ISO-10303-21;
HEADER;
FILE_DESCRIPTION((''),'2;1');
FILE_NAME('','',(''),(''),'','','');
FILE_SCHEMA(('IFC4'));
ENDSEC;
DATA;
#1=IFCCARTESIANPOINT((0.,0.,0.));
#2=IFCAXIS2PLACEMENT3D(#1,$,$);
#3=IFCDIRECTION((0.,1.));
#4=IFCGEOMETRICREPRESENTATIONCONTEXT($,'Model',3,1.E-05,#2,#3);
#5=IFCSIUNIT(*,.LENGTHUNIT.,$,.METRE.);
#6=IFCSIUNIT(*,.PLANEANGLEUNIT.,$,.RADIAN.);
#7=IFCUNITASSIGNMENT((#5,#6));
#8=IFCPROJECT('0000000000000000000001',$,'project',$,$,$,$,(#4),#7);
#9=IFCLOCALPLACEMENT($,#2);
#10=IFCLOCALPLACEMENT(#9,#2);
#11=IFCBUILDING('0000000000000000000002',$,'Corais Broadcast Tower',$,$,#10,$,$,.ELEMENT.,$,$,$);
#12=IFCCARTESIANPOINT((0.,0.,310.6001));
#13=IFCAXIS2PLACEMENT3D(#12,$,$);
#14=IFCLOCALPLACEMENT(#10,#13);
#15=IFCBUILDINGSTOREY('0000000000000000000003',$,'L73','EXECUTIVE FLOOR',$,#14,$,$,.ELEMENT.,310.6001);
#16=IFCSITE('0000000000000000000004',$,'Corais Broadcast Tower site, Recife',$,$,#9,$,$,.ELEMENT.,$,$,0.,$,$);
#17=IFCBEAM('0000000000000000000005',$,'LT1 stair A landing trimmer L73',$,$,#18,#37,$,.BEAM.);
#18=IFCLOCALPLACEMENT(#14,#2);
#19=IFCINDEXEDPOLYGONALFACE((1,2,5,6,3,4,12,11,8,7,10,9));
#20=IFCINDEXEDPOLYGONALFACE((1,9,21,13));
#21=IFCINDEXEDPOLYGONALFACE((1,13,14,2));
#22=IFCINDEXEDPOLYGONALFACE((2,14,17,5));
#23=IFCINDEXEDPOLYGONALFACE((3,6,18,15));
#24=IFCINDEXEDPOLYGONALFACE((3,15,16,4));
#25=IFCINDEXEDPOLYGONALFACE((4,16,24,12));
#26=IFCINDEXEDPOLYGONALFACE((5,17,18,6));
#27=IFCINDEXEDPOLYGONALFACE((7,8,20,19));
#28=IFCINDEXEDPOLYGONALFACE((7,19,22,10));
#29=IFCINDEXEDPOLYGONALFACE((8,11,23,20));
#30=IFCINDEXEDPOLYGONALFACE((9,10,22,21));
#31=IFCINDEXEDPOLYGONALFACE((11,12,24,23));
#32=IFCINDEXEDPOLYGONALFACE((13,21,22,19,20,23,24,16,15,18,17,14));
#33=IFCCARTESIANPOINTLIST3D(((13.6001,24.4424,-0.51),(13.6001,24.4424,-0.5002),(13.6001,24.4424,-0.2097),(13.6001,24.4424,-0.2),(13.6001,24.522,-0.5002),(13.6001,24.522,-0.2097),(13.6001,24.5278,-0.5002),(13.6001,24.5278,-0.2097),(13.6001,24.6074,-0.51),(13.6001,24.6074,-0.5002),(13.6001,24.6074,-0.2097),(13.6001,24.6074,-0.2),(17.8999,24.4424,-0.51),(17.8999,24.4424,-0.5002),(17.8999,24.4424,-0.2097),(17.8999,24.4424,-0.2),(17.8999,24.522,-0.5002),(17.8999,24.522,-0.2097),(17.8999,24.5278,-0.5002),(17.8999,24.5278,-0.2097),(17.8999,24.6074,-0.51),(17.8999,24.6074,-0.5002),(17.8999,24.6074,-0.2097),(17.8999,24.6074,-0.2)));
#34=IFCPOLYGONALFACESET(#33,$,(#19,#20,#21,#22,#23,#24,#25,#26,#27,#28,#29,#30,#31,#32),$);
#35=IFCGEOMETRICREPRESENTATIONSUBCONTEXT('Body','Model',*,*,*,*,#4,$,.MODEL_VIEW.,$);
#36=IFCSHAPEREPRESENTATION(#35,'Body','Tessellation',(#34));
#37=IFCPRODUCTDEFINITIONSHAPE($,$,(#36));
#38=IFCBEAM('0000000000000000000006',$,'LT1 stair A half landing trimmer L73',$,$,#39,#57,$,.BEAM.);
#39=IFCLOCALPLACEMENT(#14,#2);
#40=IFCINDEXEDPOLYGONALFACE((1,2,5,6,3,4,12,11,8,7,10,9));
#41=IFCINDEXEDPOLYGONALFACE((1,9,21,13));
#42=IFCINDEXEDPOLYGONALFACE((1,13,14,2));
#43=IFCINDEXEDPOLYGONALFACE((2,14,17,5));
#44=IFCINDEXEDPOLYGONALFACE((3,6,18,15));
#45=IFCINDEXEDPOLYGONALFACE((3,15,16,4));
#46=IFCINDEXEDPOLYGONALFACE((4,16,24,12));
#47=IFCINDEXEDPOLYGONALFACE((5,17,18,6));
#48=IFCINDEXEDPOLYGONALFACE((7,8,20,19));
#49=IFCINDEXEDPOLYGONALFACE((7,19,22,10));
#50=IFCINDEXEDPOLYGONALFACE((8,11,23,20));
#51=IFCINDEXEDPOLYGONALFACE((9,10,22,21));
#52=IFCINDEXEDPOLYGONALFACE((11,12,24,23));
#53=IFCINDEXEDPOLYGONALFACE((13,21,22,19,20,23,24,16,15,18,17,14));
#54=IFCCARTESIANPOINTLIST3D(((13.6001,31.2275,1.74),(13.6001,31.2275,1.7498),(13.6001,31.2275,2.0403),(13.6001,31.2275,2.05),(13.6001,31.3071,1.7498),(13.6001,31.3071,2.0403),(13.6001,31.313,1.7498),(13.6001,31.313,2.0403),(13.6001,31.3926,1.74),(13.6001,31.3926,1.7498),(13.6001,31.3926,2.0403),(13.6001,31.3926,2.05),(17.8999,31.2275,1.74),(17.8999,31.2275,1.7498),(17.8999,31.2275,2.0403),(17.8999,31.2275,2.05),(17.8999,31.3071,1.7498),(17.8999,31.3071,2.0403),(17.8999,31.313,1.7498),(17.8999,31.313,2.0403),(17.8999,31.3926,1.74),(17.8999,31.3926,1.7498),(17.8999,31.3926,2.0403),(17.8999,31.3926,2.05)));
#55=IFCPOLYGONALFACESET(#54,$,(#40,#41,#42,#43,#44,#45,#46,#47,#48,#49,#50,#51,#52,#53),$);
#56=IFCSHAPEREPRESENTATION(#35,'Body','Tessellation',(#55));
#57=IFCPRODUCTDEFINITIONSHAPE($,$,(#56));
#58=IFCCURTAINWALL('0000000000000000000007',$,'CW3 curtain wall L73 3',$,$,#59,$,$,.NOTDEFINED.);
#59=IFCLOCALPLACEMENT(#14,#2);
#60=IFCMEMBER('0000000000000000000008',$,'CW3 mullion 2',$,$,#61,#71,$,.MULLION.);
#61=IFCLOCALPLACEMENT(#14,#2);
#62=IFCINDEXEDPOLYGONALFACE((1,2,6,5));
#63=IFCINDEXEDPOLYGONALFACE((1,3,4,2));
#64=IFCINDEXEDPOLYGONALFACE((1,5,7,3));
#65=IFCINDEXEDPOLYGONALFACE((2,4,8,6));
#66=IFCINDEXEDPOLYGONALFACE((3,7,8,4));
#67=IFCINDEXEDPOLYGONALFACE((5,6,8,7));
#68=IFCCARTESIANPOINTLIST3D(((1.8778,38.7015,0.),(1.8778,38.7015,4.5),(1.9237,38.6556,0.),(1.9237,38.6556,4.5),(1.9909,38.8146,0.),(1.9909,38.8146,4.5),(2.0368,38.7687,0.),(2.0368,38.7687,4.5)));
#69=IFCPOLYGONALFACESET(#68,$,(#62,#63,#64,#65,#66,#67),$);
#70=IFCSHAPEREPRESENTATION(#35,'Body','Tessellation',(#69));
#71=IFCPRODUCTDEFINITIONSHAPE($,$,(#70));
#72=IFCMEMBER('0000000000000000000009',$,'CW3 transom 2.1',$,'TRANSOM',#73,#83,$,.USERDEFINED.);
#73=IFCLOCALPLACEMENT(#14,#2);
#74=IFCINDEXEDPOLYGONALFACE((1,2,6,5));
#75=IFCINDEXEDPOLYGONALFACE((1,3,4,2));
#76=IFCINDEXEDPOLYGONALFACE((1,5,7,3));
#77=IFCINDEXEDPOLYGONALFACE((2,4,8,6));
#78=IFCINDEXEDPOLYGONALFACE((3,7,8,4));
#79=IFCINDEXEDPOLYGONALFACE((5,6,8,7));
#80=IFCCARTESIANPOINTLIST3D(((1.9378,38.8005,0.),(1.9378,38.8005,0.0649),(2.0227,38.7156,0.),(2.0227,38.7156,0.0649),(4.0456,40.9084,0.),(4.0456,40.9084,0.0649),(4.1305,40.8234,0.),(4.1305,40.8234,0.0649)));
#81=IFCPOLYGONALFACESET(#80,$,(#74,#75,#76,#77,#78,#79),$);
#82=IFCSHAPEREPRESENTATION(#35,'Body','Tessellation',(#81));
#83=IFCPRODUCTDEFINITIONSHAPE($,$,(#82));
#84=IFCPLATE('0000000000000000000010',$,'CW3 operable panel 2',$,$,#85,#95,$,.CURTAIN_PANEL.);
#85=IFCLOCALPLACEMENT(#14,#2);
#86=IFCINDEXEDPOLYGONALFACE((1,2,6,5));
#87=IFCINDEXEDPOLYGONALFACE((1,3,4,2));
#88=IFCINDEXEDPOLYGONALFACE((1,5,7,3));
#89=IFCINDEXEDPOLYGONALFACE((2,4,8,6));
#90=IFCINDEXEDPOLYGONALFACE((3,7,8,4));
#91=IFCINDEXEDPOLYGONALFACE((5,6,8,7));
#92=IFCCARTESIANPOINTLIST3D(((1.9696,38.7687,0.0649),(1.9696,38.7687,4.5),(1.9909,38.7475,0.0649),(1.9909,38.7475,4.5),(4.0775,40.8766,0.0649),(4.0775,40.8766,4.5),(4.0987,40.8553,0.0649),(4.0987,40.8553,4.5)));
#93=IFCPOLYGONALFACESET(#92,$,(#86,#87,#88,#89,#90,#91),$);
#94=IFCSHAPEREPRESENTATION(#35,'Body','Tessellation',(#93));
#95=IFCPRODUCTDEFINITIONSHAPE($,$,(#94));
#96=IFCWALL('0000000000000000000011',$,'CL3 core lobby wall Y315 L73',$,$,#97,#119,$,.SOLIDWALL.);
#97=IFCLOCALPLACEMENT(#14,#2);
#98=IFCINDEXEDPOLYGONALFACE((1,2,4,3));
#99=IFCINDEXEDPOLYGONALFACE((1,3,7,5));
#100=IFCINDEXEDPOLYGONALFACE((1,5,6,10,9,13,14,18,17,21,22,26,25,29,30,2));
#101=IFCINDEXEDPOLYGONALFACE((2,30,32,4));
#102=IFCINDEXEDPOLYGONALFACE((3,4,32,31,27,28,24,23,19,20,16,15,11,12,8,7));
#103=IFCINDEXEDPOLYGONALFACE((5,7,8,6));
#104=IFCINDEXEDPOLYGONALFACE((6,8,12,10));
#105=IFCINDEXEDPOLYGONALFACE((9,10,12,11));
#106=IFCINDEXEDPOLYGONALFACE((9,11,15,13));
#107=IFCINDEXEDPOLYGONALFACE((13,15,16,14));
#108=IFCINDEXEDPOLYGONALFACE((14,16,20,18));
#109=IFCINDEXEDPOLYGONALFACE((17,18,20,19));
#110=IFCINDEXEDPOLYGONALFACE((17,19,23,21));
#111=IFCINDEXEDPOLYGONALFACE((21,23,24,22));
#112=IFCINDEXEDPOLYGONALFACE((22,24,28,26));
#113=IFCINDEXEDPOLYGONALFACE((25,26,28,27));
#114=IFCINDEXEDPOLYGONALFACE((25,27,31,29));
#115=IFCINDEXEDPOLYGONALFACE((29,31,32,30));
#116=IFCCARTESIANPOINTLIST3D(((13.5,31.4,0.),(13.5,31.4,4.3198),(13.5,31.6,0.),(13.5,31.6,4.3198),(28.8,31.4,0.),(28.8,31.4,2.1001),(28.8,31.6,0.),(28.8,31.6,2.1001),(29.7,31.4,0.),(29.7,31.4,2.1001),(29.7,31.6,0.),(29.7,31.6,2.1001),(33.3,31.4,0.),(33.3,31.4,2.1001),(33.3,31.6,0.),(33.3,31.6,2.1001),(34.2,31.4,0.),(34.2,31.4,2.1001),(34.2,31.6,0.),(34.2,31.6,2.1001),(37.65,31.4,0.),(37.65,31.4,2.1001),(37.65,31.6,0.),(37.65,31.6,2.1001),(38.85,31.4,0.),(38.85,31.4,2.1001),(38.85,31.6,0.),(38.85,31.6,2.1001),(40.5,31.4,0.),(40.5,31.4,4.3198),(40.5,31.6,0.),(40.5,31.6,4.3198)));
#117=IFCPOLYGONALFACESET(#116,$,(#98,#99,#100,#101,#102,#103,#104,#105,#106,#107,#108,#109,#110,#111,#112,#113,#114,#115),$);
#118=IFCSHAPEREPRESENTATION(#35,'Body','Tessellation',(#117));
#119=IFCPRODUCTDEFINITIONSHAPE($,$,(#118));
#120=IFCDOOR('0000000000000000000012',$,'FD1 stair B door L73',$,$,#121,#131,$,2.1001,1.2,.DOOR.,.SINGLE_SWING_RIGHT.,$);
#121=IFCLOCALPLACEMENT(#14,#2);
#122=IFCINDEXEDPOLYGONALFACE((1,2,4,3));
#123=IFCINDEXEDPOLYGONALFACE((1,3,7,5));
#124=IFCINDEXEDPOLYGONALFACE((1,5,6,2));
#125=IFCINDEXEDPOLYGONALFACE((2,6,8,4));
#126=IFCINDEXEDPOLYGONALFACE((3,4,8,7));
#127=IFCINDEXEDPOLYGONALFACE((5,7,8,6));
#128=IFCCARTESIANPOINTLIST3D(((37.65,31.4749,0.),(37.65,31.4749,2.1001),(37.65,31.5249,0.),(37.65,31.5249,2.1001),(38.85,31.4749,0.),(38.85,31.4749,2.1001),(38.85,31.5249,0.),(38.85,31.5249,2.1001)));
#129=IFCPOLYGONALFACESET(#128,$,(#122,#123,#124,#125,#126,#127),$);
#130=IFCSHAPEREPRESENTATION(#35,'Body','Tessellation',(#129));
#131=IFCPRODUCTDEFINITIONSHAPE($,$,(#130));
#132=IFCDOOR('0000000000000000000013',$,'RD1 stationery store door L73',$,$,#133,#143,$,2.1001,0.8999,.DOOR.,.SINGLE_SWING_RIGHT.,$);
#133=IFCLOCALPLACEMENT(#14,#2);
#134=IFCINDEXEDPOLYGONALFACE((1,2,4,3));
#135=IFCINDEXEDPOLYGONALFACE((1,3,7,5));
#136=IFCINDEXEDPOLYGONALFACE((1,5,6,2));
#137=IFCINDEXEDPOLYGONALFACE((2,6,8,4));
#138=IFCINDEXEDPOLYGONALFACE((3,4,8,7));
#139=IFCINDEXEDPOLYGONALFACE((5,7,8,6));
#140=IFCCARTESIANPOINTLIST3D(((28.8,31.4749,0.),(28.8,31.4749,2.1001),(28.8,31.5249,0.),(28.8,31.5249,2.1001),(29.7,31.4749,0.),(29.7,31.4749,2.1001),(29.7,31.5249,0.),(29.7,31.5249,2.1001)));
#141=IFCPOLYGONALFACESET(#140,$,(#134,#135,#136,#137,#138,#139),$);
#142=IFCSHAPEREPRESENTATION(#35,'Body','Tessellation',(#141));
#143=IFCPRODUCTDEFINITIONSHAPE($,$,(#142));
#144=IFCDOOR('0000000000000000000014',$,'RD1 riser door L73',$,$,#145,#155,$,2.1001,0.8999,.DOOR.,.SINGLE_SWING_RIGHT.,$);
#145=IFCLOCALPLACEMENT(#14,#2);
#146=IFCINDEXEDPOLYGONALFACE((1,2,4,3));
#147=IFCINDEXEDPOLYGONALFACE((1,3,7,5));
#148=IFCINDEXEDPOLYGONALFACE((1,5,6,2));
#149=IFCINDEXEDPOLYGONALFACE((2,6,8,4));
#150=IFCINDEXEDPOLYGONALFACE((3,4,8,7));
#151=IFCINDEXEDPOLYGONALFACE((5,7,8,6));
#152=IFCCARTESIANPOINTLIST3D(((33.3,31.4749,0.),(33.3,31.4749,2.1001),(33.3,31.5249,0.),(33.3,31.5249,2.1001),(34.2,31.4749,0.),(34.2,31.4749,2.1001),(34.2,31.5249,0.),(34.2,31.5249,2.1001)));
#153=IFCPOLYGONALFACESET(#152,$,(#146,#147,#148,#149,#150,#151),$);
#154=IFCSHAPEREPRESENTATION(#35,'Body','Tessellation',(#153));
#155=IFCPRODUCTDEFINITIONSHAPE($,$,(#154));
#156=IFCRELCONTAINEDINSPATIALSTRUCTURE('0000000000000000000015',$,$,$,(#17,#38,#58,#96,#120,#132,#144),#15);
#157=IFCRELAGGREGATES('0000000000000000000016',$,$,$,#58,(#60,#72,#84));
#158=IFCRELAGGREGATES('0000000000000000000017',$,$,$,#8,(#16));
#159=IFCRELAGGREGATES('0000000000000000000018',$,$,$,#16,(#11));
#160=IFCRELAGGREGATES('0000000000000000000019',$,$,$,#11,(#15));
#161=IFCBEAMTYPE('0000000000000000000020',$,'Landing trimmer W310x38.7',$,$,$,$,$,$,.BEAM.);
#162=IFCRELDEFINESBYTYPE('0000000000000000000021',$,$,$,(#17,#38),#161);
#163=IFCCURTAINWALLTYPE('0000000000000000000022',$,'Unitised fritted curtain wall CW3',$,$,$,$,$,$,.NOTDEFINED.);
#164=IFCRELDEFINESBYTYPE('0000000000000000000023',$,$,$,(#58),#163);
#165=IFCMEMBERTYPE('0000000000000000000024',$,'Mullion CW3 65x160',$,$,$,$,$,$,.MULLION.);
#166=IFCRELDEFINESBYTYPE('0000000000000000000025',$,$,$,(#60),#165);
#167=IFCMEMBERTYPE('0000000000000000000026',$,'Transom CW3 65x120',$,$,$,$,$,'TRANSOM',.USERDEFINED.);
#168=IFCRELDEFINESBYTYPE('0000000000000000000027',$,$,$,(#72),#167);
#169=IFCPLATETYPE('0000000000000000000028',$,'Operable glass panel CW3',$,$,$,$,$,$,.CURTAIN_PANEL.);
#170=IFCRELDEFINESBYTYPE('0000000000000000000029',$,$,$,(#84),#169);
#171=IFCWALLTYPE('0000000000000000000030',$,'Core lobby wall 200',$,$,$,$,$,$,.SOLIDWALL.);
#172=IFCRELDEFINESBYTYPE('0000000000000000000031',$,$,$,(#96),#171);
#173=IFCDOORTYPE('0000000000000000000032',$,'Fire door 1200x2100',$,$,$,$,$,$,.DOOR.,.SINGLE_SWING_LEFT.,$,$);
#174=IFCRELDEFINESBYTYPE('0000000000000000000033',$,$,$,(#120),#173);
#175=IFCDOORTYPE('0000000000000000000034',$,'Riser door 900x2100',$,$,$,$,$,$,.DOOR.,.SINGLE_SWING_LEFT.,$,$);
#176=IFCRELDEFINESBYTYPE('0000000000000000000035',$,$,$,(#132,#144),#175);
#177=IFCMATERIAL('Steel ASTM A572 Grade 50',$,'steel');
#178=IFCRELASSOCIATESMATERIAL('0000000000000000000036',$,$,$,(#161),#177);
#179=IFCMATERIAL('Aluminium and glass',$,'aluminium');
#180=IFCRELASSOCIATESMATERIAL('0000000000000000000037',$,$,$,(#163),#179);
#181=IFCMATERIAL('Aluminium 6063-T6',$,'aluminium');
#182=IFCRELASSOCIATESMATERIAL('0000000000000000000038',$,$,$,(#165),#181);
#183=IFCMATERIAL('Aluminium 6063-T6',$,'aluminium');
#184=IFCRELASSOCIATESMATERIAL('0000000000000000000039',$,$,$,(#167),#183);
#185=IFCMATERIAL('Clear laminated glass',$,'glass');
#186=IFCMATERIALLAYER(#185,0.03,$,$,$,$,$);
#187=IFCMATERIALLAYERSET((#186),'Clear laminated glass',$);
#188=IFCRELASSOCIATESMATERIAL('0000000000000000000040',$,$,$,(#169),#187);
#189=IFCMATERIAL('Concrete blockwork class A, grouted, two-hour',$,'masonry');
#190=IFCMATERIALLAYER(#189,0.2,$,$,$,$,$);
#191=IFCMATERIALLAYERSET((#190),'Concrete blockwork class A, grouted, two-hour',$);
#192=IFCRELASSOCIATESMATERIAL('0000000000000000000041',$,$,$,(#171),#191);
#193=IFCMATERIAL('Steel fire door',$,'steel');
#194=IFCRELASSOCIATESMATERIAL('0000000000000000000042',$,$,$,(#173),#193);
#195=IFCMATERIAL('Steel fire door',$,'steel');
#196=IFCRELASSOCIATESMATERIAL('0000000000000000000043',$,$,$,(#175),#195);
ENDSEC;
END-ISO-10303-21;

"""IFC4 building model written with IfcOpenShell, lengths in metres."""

from ifc_helpers import new_model, si_unit, direction, frame, frame_2d, origin, origin_2d, place, context, subcontext, project, spatial, rectangle, i_section, extrude, material, layer, layer_set, material_profile, profile_set, type_object, element, fill, aggregate, save


model = new_model("IFC4")

# Units and contexts
model_context = context("Model", 3, precision=1e-05, world=origin(), true_north=direction((0.0, 1.0)))
body_context = subcontext(model_context, "Body", "Model", "MODEL_VIEW")
ifc_project = project(units=[si_unit("LENGTHUNIT", "METRE"), si_unit("PLANEANGLEUNIT", "RADIAN")], contexts=[model_context])

# Site, building, storey
site_placement = place(None, origin())
site = spatial("IfcSite", under=ifc_project, at=site_placement, Name="Corais Broadcast Tower site, Recife", CompositionType="ELEMENT", RefElevation=0.0)
building_placement = place(site_placement, origin())
building = spatial("IfcBuilding", under=site, at=building_placement, Name="Corais Broadcast Tower", CompositionType="ELEMENT")
storey_placement = place(building_placement, frame((0.0, 0.0, 310.6001)))
storey = spatial("IfcBuildingStorey", under=building, at=storey_placement, Name="L73", Description="EXECUTIVE FLOOR", CompositionType="ELEMENT", Elevation=310.6001)

# Beams
ifc_material_1 = material(Name="Steel ASTM A572 Grade 50", Category="steel")
ifc_material_profile_1 = material_profile(ifc_material_1, i_section(OverallWidth=0.165, OverallDepth=0.3101, WebThickness=0.0059, FlangeThickness=0.0098, at=origin_2d()), Name="W310x38.7")
ifc_profile_set_1 = profile_set([ifc_material_profile_1], Name="Steel ASTM A572 Grade 50")
beam_type = type_object("IfcBeamType", Name="Landing trimmer W310x38.7", PredefinedType="BEAM", material=ifc_profile_set_1)
for number, where, z_axis, x_axis, name in (
    (1, (13.6001, 24.5249, -0.355), (1.0, 0.0, 0.0), (0.0, 1.0, 0.0), "LT1 stair A landing trimmer L73"),
    (2, (13.6001, 31.3101, 1.895), (1.0, 0.0, 0.0), (0.0, 1.0, 0.0), "LT1 stair A half landing trimmer L73"),
):
    element("IfcBeam", number, at=place(storey_placement, frame(where, z_axis=z_axis, x_axis=x_axis)), inside=storey, type_object=beam_type, Name=name, PredefinedType="BEAM", context=body_context, shape_type="SweptSolid", body=[
        extrude(i_section(OverallWidth=0.165, OverallDepth=0.3101, WebThickness=0.0059, FlangeThickness=0.0098, at=origin_2d()), origin(), (0.0, 0.0, 1.0), 4.2998),
    ])

# Curtain wall, members, plate
ifc_material_2 = material(Name="Aluminium and glass", Category="aluminium")
curtain_wall_type = type_object("IfcCurtainWallType", Name="Unitised fritted curtain wall CW3", PredefinedType="NOTDEFINED", material=ifc_material_2)
curtain_wall_placement = place(storey_placement, origin())
curtain_wall = element("IfcCurtainWall", 3, at=curtain_wall_placement, inside=storey, type_object=curtain_wall_type, Name="CW3 curtain wall L73 3", PredefinedType="NOTDEFINED")
ifc_material_3 = material(Name="Aluminium 6063-T6", Category="aluminium")
ifc_material_profile_2 = material_profile(ifc_material_3, rectangle(XDim=0.0649, YDim=0.1599, at=origin_2d()), Name="Mullion CW3 65x160")
ifc_profile_set_2 = profile_set([ifc_material_profile_2], Name="Aluminium 6063-T6")
member_type_1 = type_object("IfcMemberType", Name="Mullion CW3 65x160", PredefinedType="MULLION", material=ifc_profile_set_2)
member_1_placement = place(storey_placement, frame((1.9573, 38.7351, 0.0), z_axis=(0.0, 0.0, 1.0), x_axis=(-0.707107, 0.707107, 0.0)))
member_1 = element("IfcMember", 4, at=member_1_placement, type_object=member_type_1, Name="CW3 mullion 2", PredefinedType="MULLION", context=body_context, shape_type="SweptSolid", body=[
    extrude(rectangle(XDim=0.0649, YDim=0.1599, at=origin_2d()), origin(), (0.0, 0.0, 1.0), 4.5),
])
ifc_material_4 = material(Name="Aluminium 6063-T6", Category="aluminium")
ifc_material_profile_3 = material_profile(ifc_material_4, rectangle(XDim=0.1201, YDim=0.0649, at=origin_2d()), Name="Transom CW3 65x120")
ifc_profile_set_3 = profile_set([ifc_material_profile_3], Name="Aluminium 6063-T6")
member_type_2 = type_object("IfcMemberType", Name="Transom CW3 65x120", ElementType="TRANSOM", PredefinedType="USERDEFINED", material=ifc_profile_set_3)
member_2_placement = place(storey_placement, frame((1.9802, 38.7581, 0.0325), z_axis=(0.707107, 0.707107, 0.0), x_axis=(-0.707107, 0.707107, 0.0)))
member_2 = element("IfcMember", 5, at=member_2_placement, type_object=member_type_2, Name="CW3 transom 2.1", ObjectType="TRANSOM", PredefinedType="USERDEFINED", context=body_context, shape_type="SweptSolid", body=[
    extrude(rectangle(XDim=0.1201, YDim=0.0649, at=origin_2d()), origin(), (0.0, 0.0, 1.0), 2.981),
])
ifc_material_5 = material(Name="Clear laminated glass", Category="glass")
ifc_layer_1 = layer(ifc_material_5, 0.03)
ifc_layer_set_1 = layer_set([ifc_layer_1], Name="Clear laminated glass")
plate_type = type_object("IfcPlateType", Name="Operable glass panel CW3", PredefinedType="CURTAIN_PANEL", material=ifc_layer_set_1)
plate_placement = place(storey_placement, frame((3.0342, 39.812, 0.0649), z_axis=(0.0, 0.0, 1.0), x_axis=(0.707107, 0.707107, 0.0)))
plate = element("IfcPlate", 6, at=plate_placement, type_object=plate_type, Name="CW3 operable panel 2", PredefinedType="CURTAIN_PANEL", context=body_context, shape_type="SweptSolid", body=[
    extrude(rectangle(XDim=2.981, YDim=0.03, at=origin_2d()), origin(), (0.0, 0.0, 1.0), 4.4351),
])
aggregate(curtain_wall, [member_1, member_2, plate])

# Wall, openings, doors
ifc_material_6 = material(Name="Concrete blockwork class A, grouted, two-hour", Category="masonry")
ifc_layer_2 = layer(ifc_material_6, 0.2)
ifc_layer_set_2 = layer_set([ifc_layer_2], Name="Concrete blockwork class A, grouted, two-hour")
wall_type_1 = type_object("IfcWallType", Name="Core lobby wall 200", PredefinedType="SOLIDWALL", material=ifc_layer_set_2)
wall_1_placement = place(storey_placement, frame((13.5, 31.5, 0.0), z_axis=(0.0, 0.0, 1.0), x_axis=(1.0, 0.0, 0.0)))
wall_1 = element("IfcWall", 7, at=wall_1_placement, inside=storey, type_object=wall_type_1, Name="CL3 core lobby wall Y315 L73", PredefinedType="SOLIDWALL", context=body_context, shape_type="SweptSolid", body=[
    extrude(rectangle(XDim=27.0, YDim=0.2, at=frame_2d((13.5, 0.0))), origin(), (0.0, 0.0, 1.0), 4.3198),
])
opening_1_placement = place(wall_1_placement, frame((24.1499, 0.0, 0.0)))
opening_1 = element("IfcOpeningElement", 8, at=opening_1_placement, cuts=wall_1, PredefinedType="OPENING", context=body_context, shape_type="SweptSolid", body=[
    extrude(rectangle(XDim=1.2, YDim=2.1001, at=frame_2d((0.6001, 1.05))), frame((0.0, 0.1099, 0.0), z_axis=(0.0, -1.0, 0.0), x_axis=(1.0, 0.0, 0.0)), (0.0, 0.0, 1.0), 0.22),
])
opening_2_placement = place(wall_1_placement, frame((15.3, 0.0, 0.0)))
opening_2 = element("IfcOpeningElement", 9, at=opening_2_placement, cuts=wall_1, PredefinedType="OPENING", context=body_context, shape_type="SweptSolid", body=[
    extrude(rectangle(XDim=0.8999, YDim=2.1001, at=frame_2d((0.45, 1.05))), frame((0.0, 0.1099, 0.0), z_axis=(0.0, -1.0, 0.0), x_axis=(1.0, 0.0, 0.0)), (0.0, 0.0, 1.0), 0.22),
])
opening_3_placement = place(wall_1_placement, frame((19.8, 0.0, 0.0)))
opening_3 = element("IfcOpeningElement", 10, at=opening_3_placement, cuts=wall_1, PredefinedType="OPENING", context=body_context, shape_type="SweptSolid", body=[
    extrude(rectangle(XDim=0.8999, YDim=2.1001, at=frame_2d((0.45, 1.05))), frame((0.0, 0.1099, 0.0), z_axis=(0.0, -1.0, 0.0), x_axis=(1.0, 0.0, 0.0)), (0.0, 0.0, 1.0), 0.22),
])
ifc_material_7 = material(Name="Steel fire door", Category="steel")
door_type_1 = type_object("IfcDoorType", Name="Fire door 1200x2100", OperationType="SINGLE_SWING_LEFT", PredefinedType="DOOR", material=ifc_material_7)
door_1_placement = place(opening_1_placement, origin())
door_1 = element("IfcDoor", 11, at=door_1_placement, inside=storey, type_object=door_type_1, Name="FD1 stair B door L73", OperationType="SINGLE_SWING_RIGHT", OverallHeight=2.1001, OverallWidth=1.2, PredefinedType="DOOR", context=body_context, shape_type="SweptSolid", body=[
    extrude(rectangle(XDim=1.2, YDim=2.1001, at=frame_2d((0.6001, 1.05))), frame((0.0, 0.0249, 0.0), z_axis=(0.0, -1.0, 0.0), x_axis=(1.0, 0.0, 0.0)), (0.0, 0.0, 1.0), 0.05),
])
fill(opening_1, door_1)
ifc_material_8 = material(Name="Steel fire door", Category="steel")
door_type_2 = type_object("IfcDoorType", Name="Riser door 900x2100", OperationType="SINGLE_SWING_LEFT", PredefinedType="DOOR", material=ifc_material_8)
door_2_placement = place(opening_2_placement, origin())
door_2 = element("IfcDoor", 12, at=door_2_placement, inside=storey, type_object=door_type_2, Name="RD1 stationery store door L73", OperationType="SINGLE_SWING_RIGHT", OverallHeight=2.1001, OverallWidth=0.8999, PredefinedType="DOOR", context=body_context, shape_type="SweptSolid", body=[
    extrude(rectangle(XDim=0.8999, YDim=2.1001, at=frame_2d((0.45, 1.05))), frame((0.0, 0.0249, 0.0), z_axis=(0.0, -1.0, 0.0), x_axis=(1.0, 0.0, 0.0)), (0.0, 0.0, 1.0), 0.05),
])
fill(opening_2, door_2)
door_3_placement = place(opening_3_placement, origin())
door_3 = element("IfcDoor", 13, at=door_3_placement, inside=storey, type_object=door_type_2, Name="RD1 riser door L73", OperationType="SINGLE_SWING_RIGHT", OverallHeight=2.1001, OverallWidth=0.8999, PredefinedType="DOOR", context=body_context, shape_type="SweptSolid", body=[
    extrude(rectangle(XDim=0.8999, YDim=2.1001, at=frame_2d((0.45, 1.05))), frame((0.0, 0.0249, 0.0), z_axis=(0.0, -1.0, 0.0), x_axis=(1.0, 0.0, 0.0)), (0.0, 0.0, 1.0), 0.05),
])
fill(opening_3, door_3)

save(model, "model.ifc")
